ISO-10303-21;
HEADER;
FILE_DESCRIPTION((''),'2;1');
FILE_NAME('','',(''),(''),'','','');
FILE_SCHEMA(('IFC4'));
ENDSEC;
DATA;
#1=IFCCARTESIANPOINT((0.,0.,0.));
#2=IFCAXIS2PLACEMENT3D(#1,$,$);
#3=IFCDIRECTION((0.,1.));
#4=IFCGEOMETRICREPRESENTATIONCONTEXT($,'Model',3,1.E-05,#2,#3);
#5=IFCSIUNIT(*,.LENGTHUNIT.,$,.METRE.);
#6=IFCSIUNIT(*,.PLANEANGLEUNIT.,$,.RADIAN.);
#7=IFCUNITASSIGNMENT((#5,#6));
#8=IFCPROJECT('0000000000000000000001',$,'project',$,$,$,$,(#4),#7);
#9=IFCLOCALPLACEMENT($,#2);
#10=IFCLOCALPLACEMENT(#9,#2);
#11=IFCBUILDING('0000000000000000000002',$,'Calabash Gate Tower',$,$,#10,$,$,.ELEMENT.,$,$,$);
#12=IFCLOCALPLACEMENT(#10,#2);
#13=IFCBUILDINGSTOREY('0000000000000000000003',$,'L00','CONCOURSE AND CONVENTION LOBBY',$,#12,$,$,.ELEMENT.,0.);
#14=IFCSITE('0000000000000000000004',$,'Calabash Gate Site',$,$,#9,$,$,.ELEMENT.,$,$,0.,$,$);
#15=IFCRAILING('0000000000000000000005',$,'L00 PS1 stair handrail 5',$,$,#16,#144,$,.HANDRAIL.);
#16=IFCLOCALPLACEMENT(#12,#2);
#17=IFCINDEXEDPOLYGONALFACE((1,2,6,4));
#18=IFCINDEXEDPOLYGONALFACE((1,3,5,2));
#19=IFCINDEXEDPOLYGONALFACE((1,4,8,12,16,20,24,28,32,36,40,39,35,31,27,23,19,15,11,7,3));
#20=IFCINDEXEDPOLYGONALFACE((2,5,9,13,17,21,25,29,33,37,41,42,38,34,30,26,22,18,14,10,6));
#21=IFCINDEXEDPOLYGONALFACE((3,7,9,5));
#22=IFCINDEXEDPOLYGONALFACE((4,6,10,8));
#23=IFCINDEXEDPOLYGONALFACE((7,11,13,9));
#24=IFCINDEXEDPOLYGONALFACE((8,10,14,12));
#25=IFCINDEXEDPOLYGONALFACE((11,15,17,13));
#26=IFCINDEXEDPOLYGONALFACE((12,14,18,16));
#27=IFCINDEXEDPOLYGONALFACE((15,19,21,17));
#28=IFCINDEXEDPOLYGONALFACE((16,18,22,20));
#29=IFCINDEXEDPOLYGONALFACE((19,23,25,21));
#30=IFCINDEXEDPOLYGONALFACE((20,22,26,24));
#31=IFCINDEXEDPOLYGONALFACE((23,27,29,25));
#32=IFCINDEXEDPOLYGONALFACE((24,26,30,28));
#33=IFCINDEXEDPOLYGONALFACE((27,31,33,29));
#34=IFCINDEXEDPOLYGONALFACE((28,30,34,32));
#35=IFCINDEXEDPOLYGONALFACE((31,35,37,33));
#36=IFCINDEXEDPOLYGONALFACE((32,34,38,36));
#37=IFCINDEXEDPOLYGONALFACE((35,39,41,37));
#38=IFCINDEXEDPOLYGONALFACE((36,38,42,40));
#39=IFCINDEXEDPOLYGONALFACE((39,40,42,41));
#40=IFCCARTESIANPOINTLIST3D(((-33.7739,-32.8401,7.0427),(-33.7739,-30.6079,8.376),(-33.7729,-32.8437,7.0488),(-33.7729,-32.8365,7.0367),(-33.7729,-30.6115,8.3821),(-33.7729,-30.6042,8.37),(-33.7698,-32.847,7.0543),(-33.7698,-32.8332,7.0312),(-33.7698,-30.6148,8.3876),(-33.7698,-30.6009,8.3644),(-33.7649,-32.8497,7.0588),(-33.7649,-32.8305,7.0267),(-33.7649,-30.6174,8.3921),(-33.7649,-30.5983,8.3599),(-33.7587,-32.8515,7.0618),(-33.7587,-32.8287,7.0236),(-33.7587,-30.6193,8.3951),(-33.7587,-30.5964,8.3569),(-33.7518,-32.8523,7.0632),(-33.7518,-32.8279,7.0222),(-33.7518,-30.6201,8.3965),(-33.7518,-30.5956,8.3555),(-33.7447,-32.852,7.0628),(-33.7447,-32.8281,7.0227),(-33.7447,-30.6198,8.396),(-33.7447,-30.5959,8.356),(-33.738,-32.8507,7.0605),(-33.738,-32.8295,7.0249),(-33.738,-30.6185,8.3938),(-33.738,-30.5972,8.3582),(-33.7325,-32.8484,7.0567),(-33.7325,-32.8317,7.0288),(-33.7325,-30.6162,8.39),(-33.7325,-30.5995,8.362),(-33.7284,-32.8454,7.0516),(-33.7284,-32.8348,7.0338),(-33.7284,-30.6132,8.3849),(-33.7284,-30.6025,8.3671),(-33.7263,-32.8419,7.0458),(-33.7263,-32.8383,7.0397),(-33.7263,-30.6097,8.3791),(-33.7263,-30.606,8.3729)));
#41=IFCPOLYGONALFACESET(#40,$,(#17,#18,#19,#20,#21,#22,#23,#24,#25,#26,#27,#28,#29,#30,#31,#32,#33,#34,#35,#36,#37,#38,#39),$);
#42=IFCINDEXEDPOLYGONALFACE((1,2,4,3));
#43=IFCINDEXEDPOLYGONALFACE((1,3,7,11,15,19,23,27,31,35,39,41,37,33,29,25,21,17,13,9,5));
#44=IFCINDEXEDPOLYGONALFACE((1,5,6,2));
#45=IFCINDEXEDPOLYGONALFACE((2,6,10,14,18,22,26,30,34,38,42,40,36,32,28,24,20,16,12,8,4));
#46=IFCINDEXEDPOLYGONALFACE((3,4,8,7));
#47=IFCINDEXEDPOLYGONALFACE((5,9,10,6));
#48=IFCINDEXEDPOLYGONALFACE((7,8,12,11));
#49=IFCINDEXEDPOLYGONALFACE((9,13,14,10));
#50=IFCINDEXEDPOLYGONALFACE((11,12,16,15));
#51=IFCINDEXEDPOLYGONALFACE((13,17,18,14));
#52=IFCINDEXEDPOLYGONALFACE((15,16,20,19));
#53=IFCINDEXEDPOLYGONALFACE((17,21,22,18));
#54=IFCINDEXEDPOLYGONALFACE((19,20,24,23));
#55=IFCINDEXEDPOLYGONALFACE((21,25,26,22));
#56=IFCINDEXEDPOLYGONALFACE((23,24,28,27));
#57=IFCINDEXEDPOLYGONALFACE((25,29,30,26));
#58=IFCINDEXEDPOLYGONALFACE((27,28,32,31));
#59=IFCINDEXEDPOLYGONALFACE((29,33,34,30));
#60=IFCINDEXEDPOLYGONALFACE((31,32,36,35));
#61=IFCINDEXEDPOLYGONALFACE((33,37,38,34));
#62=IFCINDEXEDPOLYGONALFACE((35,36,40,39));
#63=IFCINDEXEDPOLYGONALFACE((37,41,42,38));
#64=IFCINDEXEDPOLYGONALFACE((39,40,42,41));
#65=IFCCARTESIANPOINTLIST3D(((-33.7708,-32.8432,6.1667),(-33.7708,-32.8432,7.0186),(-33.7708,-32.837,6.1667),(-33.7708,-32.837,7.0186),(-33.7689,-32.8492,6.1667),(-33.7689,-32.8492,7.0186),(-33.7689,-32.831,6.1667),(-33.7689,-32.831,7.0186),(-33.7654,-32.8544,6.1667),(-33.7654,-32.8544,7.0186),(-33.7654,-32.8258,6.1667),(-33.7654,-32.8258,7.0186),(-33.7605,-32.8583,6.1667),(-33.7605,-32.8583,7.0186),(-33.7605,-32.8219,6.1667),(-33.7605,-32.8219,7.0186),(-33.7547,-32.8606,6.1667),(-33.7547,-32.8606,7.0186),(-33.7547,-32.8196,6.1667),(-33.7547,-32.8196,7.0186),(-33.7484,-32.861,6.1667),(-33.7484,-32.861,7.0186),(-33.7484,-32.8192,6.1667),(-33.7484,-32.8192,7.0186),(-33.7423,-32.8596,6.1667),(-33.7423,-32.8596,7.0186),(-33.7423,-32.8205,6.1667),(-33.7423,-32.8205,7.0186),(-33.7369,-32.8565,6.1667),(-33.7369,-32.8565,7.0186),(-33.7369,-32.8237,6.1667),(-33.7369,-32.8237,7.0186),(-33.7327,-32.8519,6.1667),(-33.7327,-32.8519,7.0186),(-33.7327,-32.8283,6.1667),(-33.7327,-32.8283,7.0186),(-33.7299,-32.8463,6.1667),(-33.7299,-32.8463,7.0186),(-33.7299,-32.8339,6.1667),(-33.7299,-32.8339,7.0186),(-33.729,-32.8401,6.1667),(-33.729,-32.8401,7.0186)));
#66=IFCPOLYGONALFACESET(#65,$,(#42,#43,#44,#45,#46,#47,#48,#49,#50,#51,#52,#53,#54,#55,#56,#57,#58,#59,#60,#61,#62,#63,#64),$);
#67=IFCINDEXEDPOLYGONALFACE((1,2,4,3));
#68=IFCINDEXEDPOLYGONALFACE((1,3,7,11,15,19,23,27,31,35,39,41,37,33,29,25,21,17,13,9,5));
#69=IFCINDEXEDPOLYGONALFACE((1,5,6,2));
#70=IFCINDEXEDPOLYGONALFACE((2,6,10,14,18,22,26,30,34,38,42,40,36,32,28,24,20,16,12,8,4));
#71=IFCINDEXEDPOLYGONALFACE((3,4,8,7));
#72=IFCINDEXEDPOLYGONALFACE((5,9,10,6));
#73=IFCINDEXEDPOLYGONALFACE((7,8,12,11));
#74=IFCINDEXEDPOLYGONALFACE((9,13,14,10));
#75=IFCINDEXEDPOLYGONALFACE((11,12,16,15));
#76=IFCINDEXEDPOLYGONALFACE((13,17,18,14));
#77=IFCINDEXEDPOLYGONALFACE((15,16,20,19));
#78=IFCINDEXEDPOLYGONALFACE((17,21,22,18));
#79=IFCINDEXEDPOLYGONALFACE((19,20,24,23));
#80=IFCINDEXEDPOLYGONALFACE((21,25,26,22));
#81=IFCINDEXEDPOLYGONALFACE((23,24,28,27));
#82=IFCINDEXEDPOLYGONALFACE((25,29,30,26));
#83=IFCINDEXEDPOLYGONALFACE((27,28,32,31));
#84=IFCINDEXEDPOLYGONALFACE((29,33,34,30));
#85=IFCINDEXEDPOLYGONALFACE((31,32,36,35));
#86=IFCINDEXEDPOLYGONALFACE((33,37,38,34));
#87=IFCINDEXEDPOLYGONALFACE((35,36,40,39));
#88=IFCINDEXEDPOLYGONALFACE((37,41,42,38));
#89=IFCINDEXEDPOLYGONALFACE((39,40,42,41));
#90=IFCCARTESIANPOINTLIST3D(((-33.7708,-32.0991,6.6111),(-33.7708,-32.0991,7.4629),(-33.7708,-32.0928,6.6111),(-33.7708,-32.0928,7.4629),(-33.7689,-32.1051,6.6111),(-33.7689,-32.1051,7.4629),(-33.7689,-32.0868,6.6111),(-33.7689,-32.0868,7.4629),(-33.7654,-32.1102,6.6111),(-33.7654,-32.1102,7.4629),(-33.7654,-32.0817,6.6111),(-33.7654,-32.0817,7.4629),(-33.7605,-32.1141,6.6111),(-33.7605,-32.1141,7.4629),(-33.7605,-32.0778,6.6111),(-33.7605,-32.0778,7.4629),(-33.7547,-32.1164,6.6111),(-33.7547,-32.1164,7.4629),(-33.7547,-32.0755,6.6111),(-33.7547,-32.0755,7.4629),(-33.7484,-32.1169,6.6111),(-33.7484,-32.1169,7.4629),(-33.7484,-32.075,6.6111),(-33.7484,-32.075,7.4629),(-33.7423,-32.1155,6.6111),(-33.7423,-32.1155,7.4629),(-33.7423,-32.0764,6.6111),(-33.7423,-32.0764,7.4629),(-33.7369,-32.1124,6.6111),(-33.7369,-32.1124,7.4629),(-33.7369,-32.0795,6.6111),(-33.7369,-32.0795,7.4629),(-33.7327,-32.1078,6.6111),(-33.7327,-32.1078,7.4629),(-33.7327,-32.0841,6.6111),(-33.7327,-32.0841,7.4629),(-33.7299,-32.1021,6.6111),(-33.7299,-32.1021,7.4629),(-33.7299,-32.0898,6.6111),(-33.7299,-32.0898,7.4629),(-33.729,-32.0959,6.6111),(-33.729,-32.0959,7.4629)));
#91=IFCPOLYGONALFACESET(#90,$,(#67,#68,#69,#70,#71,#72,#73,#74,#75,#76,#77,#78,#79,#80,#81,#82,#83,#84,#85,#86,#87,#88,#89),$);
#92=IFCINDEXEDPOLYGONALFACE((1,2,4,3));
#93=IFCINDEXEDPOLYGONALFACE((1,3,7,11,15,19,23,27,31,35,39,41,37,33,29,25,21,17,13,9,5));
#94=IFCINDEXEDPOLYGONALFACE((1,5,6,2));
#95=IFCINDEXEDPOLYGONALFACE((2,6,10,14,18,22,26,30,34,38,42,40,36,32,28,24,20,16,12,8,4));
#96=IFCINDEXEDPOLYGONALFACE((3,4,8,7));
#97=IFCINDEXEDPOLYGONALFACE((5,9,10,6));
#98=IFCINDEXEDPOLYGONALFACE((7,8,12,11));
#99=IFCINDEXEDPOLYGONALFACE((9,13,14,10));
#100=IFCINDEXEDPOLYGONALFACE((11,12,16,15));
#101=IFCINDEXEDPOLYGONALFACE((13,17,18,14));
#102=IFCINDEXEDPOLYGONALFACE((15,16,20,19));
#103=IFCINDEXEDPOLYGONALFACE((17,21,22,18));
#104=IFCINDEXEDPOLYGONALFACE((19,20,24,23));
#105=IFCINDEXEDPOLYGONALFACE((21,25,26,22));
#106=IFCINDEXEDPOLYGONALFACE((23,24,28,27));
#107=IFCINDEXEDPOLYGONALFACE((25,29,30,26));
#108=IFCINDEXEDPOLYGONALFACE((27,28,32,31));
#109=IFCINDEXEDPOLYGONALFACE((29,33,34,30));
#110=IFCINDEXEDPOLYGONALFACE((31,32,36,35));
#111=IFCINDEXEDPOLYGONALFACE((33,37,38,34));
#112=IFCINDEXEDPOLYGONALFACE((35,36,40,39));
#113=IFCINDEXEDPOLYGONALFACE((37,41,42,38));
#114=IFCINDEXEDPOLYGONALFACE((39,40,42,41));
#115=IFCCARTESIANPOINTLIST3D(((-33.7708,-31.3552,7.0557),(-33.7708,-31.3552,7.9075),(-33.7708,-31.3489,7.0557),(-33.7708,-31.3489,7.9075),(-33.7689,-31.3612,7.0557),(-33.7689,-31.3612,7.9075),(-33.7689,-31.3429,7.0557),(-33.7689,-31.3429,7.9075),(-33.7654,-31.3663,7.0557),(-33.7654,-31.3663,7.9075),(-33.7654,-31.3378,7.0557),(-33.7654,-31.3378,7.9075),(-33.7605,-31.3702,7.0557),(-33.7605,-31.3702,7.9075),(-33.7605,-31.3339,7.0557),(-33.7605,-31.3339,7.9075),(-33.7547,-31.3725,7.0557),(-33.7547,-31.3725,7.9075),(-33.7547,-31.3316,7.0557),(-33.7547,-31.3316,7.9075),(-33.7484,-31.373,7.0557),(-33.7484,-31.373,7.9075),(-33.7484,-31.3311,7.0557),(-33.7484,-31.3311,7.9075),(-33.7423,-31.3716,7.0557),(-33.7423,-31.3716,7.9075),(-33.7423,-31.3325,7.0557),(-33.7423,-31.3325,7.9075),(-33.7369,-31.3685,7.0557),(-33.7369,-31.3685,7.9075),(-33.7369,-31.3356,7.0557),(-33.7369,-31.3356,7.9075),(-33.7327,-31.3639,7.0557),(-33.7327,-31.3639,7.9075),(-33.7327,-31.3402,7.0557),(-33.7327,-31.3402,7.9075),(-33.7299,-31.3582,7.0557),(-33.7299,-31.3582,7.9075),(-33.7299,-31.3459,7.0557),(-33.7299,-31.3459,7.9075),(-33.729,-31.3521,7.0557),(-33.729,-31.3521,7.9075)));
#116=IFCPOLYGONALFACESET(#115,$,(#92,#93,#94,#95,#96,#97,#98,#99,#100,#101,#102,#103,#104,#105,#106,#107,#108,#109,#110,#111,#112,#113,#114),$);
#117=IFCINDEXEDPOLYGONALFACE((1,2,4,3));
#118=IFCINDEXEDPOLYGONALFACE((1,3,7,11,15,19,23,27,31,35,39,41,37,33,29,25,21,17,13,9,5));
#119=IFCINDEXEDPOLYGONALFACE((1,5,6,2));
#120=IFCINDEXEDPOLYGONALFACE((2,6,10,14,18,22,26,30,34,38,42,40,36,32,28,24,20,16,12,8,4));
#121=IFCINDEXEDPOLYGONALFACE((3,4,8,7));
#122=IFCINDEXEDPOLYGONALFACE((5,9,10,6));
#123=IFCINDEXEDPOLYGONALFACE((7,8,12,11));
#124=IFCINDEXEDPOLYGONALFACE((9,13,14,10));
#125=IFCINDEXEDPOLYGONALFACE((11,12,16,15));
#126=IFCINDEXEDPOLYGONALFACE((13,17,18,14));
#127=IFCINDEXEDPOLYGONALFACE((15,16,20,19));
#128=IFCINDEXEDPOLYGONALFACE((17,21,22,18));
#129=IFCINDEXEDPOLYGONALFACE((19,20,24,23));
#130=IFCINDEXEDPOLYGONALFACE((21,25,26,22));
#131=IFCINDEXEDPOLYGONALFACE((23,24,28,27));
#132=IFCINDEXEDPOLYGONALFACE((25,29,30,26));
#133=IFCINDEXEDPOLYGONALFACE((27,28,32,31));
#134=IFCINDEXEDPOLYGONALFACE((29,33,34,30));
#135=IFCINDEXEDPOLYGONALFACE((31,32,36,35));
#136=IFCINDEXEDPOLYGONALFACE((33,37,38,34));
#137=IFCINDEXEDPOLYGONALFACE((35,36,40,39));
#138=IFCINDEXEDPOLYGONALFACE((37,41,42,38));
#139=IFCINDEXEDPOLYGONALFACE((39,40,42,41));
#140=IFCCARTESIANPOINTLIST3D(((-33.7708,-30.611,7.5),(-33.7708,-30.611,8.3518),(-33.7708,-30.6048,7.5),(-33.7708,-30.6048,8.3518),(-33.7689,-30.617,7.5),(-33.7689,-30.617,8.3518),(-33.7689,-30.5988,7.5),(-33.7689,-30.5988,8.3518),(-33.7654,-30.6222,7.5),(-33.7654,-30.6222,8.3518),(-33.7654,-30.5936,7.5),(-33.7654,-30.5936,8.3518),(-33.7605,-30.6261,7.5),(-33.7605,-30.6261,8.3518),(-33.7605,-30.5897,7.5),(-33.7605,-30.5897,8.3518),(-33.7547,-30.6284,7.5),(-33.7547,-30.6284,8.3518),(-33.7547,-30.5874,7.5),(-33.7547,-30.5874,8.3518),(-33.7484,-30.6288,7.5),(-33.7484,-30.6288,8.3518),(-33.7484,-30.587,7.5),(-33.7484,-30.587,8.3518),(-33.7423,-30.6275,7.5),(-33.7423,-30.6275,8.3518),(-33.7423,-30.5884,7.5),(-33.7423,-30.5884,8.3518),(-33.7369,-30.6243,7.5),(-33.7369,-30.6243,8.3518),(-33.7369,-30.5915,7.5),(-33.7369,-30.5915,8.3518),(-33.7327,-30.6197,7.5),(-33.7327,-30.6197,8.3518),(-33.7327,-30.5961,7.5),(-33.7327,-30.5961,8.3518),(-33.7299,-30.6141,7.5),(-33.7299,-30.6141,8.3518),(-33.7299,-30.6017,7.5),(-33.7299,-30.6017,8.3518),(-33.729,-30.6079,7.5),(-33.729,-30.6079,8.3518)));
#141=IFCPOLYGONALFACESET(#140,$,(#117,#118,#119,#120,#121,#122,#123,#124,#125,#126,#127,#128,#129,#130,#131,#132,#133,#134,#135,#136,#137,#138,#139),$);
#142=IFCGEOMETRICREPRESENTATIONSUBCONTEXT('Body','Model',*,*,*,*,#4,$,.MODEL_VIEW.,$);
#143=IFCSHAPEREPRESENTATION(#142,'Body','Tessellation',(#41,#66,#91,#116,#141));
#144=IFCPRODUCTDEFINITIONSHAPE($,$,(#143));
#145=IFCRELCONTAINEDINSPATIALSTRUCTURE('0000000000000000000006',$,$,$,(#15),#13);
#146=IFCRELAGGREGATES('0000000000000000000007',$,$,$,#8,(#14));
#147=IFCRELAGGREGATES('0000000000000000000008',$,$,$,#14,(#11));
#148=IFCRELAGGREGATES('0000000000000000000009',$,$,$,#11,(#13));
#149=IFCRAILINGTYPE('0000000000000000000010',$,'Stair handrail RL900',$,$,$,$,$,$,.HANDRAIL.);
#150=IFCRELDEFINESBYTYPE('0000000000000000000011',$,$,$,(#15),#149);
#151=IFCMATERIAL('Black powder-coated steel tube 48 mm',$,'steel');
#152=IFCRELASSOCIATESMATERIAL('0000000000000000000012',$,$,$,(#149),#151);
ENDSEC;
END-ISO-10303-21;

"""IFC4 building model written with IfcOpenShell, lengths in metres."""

from ifc_helpers import new_model, si_unit, direction, frame, origin, origin_2d, place, context, subcontext, project, spatial, circle, extrude, material, type_object, element, save


model = new_model("IFC4")

# Units and contexts
model_context = context("Model", 3, precision=1e-05, world=origin(), true_north=direction((0.0, 1.0)))
body_context = subcontext(model_context, "Body", "Model", "MODEL_VIEW")
ifc_project = project(units=[si_unit("LENGTHUNIT", "METRE"), si_unit("PLANEANGLEUNIT", "RADIAN")], contexts=[model_context])

# Site, building, storey
site_placement = place(None, origin())
site = spatial("IfcSite", under=ifc_project, at=site_placement, Name="Calabash Gate Site", CompositionType="ELEMENT", RefElevation=0.0)
building_placement = place(site_placement, origin())
building = spatial("IfcBuilding", under=site, at=building_placement, Name="Calabash Gate Tower", CompositionType="ELEMENT")
storey_placement = place(building_placement, origin())
storey = spatial("IfcBuildingStorey", under=building, at=storey_placement, Name="L00", Description="CONCOURSE AND CONVENTION LOBBY", CompositionType="ELEMENT", Elevation=0.0)

# Railing
ifc_material_1 = material(Name="Black powder-coated steel tube 48 mm", Category="steel")
railing_type = type_object("IfcRailingType", Name="Stair handrail RL900", PredefinedType="HANDRAIL", material=ifc_material_1)
for number, where, name in (
    (1, (-33.75, -32.8401, 6.1667), "L00 PS1 stair handrail 5"),
):
    element("IfcRailing", number, at=place(storey_placement, frame(where)), inside=storey, type_object=railing_type, Name=name, PredefinedType="HANDRAIL", context=body_context, shape_type="SweptSolid", body=[
        extrude(circle(Radius=0.0239, at=origin_2d()), frame((0.0, 0.0, 0.876), z_axis=(0.0, 0.858519, 0.512782), x_axis=(-1.0, 0.0, 0.0)), (0.0, 0.0, 1.0), 2.6001),
        extrude(circle(Radius=0.021, at=origin_2d()), origin(), (0.0, 0.0, 1.0), 0.8518),
        extrude(circle(Radius=0.021, at=origin_2d()), frame((0.0, 0.7441, 0.4443)), (0.0, 0.0, 1.0), 0.8518),
        extrude(circle(Radius=0.021, at=origin_2d()), frame((0.0, 1.488, 0.8889)), (0.0, 0.0, 1.0), 0.8518),
        extrude(circle(Radius=0.021, at=origin_2d()), frame((0.0, 2.2322, 1.3333)), (0.0, 0.0, 1.0), 0.8518),
    ])

save(model, "model.ifc")
